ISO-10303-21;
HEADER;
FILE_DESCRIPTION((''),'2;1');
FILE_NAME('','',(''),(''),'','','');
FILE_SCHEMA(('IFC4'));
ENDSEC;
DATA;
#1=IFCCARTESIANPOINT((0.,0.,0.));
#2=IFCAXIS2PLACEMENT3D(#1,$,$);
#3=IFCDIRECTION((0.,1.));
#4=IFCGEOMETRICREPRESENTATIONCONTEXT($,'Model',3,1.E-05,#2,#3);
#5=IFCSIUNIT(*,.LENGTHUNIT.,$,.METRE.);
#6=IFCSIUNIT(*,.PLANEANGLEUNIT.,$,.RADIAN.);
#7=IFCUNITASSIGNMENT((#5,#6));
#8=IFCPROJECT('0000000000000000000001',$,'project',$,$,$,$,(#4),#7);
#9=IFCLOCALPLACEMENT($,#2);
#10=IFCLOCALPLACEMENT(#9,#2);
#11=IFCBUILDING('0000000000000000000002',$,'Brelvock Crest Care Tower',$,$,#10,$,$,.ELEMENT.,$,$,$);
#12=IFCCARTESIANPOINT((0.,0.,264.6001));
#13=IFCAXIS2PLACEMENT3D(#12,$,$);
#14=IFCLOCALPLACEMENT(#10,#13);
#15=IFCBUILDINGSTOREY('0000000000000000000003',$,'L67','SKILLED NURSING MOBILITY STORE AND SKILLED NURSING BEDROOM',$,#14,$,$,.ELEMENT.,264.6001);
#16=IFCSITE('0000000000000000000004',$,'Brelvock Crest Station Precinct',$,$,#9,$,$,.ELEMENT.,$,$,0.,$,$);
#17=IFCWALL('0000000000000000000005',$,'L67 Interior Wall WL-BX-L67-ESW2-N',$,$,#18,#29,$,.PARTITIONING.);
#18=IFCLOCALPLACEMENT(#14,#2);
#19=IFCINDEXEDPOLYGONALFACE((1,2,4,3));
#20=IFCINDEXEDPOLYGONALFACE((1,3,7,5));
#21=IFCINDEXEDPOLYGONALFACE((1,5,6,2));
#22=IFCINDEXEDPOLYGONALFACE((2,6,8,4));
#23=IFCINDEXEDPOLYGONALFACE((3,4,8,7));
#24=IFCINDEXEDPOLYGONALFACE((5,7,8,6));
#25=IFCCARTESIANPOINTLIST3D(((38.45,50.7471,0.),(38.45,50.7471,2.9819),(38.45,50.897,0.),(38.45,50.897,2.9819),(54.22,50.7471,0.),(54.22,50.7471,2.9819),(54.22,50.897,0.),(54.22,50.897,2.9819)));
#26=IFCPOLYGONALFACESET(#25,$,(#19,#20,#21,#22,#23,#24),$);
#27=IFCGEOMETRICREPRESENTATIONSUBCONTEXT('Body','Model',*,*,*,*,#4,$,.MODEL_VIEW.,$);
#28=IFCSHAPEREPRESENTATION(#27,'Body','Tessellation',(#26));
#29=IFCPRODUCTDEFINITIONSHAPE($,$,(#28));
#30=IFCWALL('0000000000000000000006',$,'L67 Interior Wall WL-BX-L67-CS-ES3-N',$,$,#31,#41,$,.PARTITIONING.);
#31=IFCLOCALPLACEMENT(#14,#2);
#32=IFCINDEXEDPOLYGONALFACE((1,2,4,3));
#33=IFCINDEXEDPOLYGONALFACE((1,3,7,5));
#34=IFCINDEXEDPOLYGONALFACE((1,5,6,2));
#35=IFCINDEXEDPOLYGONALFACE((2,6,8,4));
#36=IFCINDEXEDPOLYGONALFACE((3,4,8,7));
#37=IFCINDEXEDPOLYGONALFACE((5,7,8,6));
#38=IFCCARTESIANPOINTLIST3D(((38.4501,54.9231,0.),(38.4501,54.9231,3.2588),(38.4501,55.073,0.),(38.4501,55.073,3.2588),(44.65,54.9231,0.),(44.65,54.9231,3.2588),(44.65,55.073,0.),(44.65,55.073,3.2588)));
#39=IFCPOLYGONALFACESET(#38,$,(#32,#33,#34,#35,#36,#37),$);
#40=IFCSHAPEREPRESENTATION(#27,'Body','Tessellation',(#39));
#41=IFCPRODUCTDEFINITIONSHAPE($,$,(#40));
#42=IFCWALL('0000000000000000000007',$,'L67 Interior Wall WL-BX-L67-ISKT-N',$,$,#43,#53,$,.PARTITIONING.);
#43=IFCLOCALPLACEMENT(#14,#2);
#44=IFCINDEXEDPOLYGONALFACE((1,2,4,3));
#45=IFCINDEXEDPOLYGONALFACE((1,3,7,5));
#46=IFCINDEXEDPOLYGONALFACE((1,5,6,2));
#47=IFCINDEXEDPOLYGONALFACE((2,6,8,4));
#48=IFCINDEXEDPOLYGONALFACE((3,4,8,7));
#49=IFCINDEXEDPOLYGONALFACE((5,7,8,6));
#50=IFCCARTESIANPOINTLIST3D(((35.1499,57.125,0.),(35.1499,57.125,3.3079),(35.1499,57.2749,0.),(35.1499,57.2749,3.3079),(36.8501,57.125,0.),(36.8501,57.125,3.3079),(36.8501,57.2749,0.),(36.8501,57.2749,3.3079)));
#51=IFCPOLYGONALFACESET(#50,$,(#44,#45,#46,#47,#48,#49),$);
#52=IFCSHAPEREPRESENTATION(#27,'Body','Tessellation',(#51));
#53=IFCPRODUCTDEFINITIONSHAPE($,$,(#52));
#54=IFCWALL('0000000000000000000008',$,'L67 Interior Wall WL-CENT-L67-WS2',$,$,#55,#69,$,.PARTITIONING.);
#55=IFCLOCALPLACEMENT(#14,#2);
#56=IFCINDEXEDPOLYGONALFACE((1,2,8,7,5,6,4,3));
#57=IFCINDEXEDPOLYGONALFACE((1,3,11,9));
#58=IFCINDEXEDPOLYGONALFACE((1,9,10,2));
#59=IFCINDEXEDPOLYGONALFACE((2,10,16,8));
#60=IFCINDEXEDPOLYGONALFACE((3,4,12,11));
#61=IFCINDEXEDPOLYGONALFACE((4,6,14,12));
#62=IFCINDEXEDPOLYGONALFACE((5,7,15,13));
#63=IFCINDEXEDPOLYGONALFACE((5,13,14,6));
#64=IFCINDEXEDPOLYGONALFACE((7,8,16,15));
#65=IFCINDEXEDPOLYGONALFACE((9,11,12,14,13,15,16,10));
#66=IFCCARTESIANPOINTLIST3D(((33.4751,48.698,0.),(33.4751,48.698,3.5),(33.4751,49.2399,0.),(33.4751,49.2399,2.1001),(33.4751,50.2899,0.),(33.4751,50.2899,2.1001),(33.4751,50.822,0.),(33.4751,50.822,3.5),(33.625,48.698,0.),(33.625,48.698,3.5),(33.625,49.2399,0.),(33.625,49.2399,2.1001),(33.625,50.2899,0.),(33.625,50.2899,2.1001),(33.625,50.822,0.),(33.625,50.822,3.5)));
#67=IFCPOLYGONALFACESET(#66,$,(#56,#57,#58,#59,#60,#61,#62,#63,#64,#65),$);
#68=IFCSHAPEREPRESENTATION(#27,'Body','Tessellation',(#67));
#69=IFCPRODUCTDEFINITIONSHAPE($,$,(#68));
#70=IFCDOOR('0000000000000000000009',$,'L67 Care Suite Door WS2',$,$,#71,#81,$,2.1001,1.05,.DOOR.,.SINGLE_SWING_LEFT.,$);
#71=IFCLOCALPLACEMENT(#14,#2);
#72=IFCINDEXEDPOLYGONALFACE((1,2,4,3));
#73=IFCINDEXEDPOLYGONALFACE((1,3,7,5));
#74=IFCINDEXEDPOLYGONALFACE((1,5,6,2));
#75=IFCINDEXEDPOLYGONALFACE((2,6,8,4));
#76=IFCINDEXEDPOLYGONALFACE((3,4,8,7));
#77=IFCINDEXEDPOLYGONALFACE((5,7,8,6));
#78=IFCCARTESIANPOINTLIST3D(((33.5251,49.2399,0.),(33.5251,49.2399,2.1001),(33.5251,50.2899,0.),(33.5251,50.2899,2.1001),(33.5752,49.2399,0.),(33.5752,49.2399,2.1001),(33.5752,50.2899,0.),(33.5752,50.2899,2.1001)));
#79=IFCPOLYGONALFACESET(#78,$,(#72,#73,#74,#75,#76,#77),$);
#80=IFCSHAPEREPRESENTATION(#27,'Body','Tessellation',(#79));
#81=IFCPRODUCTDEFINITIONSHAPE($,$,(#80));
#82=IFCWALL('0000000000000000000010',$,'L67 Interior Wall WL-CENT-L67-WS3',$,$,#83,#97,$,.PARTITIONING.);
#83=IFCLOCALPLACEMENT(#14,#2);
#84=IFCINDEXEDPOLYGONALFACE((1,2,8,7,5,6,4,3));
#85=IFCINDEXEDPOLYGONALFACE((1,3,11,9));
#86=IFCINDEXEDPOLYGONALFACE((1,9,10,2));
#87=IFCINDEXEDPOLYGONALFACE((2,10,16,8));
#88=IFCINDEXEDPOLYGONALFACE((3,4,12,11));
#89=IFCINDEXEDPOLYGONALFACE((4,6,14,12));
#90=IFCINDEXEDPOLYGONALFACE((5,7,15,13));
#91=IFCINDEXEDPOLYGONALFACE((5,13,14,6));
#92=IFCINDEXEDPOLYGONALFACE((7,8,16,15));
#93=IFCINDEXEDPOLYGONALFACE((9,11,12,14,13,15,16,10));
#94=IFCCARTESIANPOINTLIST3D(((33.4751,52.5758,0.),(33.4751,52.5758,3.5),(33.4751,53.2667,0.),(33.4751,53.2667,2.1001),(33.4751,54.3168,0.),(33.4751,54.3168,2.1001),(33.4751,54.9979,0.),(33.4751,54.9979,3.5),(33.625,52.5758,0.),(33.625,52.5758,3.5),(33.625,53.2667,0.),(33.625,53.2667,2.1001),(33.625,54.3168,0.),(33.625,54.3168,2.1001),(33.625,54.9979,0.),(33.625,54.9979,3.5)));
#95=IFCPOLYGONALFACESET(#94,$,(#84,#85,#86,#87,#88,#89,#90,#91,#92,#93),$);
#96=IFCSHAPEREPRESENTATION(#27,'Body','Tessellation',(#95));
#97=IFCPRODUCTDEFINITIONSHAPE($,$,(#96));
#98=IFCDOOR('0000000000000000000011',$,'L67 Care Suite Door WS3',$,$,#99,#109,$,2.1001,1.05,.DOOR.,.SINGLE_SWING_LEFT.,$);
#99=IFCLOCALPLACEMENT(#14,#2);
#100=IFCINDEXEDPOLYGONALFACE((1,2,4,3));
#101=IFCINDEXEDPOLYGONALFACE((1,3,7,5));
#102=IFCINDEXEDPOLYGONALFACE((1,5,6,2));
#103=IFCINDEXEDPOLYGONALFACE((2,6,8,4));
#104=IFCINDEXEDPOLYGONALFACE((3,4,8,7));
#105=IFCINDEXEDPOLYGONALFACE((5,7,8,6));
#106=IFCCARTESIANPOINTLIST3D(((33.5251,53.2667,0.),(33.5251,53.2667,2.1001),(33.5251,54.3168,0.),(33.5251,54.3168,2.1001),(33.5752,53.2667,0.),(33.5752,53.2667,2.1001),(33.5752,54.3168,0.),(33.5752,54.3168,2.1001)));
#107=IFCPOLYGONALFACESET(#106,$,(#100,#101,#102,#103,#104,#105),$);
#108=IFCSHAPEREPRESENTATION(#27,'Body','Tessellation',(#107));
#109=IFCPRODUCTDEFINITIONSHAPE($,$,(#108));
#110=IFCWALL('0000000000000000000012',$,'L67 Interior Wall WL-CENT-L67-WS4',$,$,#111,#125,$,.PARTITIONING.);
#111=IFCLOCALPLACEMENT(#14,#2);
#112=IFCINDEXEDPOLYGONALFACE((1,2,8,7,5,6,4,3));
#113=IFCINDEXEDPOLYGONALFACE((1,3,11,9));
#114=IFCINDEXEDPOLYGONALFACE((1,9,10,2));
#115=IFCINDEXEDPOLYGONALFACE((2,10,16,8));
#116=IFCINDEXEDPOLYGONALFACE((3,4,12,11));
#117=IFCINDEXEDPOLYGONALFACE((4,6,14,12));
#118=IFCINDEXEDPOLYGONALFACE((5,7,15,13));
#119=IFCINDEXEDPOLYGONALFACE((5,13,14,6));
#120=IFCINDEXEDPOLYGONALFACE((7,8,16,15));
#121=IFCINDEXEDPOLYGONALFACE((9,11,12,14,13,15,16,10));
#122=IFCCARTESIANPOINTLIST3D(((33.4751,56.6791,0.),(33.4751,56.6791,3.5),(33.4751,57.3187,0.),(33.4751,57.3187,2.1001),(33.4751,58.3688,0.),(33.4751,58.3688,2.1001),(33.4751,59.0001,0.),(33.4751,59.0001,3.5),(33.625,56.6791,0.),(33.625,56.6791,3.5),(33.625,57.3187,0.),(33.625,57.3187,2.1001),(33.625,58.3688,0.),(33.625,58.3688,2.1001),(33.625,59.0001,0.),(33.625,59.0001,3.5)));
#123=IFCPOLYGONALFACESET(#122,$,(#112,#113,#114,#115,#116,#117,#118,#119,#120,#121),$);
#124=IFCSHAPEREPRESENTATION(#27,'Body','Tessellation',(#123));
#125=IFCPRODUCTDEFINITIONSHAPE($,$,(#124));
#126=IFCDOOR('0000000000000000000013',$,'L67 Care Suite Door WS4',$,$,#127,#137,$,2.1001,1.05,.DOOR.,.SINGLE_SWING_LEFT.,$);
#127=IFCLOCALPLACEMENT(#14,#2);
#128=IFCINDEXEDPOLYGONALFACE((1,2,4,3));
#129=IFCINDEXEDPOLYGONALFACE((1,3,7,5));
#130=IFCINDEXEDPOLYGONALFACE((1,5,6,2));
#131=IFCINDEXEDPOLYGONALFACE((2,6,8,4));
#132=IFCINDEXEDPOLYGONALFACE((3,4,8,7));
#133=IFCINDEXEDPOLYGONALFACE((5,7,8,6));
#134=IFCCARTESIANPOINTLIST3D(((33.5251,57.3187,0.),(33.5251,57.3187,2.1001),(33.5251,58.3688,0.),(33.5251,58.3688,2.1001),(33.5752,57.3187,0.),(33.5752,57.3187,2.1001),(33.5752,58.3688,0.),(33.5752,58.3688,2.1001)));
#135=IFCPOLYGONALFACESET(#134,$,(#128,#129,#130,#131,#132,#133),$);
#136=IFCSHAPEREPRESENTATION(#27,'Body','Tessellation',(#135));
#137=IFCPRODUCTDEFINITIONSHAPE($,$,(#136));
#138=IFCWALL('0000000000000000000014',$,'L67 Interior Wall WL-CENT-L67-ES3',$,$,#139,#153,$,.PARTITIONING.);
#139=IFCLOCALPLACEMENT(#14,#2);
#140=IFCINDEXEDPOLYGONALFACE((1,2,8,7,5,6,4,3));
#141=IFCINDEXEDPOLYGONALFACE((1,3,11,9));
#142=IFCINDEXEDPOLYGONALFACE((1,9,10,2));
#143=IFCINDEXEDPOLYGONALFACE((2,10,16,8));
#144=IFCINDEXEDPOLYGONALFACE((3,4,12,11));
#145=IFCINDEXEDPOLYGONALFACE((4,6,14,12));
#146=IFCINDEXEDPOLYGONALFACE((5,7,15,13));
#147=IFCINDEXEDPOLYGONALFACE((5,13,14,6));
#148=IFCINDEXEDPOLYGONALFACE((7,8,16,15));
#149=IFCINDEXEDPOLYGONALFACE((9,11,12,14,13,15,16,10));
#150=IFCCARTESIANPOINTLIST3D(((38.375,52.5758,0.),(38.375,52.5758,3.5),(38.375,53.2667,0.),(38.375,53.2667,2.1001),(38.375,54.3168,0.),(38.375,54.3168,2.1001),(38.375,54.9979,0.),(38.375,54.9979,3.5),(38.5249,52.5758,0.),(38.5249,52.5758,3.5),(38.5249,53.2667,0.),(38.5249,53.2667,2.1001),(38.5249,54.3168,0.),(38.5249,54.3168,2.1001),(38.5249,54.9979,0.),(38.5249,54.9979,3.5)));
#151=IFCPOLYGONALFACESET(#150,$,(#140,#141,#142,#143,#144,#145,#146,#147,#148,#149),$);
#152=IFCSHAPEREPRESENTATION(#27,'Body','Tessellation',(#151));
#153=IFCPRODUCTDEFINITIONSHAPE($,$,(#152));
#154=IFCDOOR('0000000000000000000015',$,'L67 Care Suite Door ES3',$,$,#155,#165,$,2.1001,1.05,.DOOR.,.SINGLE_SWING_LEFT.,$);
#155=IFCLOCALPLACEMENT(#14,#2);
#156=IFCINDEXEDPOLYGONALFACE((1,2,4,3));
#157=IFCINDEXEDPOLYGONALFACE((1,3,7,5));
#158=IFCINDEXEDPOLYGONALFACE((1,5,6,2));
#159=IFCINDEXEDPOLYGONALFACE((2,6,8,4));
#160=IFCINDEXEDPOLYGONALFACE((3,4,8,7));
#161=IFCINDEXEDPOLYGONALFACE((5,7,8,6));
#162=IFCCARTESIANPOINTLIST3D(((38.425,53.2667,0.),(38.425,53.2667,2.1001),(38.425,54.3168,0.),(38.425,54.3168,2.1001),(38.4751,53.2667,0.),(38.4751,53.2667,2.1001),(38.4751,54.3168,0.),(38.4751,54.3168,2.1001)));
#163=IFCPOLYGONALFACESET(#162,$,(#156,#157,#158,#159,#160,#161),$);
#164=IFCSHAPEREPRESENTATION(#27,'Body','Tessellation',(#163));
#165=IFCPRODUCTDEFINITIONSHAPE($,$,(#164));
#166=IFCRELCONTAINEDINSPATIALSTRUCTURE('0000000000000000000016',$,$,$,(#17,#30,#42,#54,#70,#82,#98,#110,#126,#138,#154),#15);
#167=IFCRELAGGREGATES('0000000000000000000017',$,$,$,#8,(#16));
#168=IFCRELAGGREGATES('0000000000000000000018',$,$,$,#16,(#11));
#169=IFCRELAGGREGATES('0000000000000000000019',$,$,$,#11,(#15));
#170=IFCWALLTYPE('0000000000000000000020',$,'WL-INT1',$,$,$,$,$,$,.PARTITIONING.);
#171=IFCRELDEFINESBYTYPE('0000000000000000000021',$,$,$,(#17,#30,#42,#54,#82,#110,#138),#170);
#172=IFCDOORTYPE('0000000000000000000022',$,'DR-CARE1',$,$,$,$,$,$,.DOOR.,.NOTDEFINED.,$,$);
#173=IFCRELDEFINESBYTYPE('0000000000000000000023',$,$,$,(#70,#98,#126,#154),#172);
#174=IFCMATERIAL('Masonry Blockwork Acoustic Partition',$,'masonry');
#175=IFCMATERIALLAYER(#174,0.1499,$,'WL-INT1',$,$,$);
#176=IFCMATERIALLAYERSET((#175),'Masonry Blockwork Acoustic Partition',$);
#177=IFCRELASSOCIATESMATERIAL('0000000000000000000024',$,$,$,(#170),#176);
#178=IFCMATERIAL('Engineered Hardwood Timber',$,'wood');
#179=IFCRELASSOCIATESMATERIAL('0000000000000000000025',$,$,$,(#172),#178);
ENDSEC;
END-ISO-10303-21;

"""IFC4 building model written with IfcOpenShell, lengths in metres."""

from ifc_helpers import new_model, si_unit, direction, frame, frame_2d, origin, origin_2d, place, context, subcontext, project, spatial, rectangle, extrude, source, transform, mapped, material, layer, layer_set, type_object, element, fill, save


model = new_model("IFC4")

# Units and contexts
model_context = context("Model", 3, precision=1e-05, world=origin(), true_north=direction((0.0, 1.0)))
body_context = subcontext(model_context, "Body", "Model", "MODEL_VIEW")
ifc_project = project(units=[si_unit("LENGTHUNIT", "METRE"), si_unit("PLANEANGLEUNIT", "RADIAN")], contexts=[model_context])

# Site, building, storey
site_placement = place(None, origin())
site = spatial("IfcSite", under=ifc_project, at=site_placement, Name="Brelvock Crest Station Precinct", CompositionType="ELEMENT", RefElevation=0.0)
building_placement = place(site_placement, origin())
building = spatial("IfcBuilding", under=site, at=building_placement, Name="Brelvock Crest Care Tower", CompositionType="ELEMENT")
storey_placement = place(building_placement, frame((0.0, 0.0, 264.6001)))
storey = spatial("IfcBuildingStorey", under=building, at=storey_placement, Name="L67", Description="SKILLED NURSING MOBILITY STORE AND SKILLED NURSING BEDROOM", CompositionType="ELEMENT", Elevation=264.6001)

# Walls
ifc_material_1 = material(Name="Masonry Blockwork Acoustic Partition", Category="masonry")
ifc_layer_1 = layer(ifc_material_1, 0.1499, Name="WL-INT1")
ifc_layer_set_1 = layer_set([ifc_layer_1], Name="Masonry Blockwork Acoustic Partition")
wall_type_1 = type_object("IfcWallType", Name="WL-INT1", PredefinedType="PARTITIONING", material=ifc_layer_set_1)
wall_1_placement = place(storey_placement, frame((38.45, 50.822, 0.0), z_axis=(0.0, 0.0, 1.0), x_axis=(1.0, 0.0, 0.0)))
element("IfcWall", 1, at=wall_1_placement, inside=storey, type_object=wall_type_1, Name="L67 Interior Wall WL-BX-L67-ESW2-N", PredefinedType="PARTITIONING", context=body_context, shape_type="SweptSolid", body=[
    extrude(rectangle(XDim=15.77, YDim=0.1499, at=frame_2d((7.885, 0.0))), origin(), (0.0, 0.0, 1.0), 2.9819),
])
wall_2_placement = place(storey_placement, frame((38.45, 54.998, 0.0), z_axis=(0.0, 0.0, 1.0), x_axis=(1.0, 0.0, 0.0)))
element("IfcWall", 2, at=wall_2_placement, inside=storey, type_object=wall_type_1, Name="L67 Interior Wall WL-BX-L67-CS-ES3-N", PredefinedType="PARTITIONING", context=body_context, shape_type="SweptSolid", body=[
    extrude(rectangle(XDim=6.2, YDim=0.1499, at=frame_2d((3.1001, 0.0))), origin(), (0.0, 0.0, 1.0), 3.2588),
])
wall_3_placement = place(storey_placement, frame((35.1499, 57.2, 0.0), z_axis=(0.0, 0.0, 1.0), x_axis=(1.0, 0.0, 0.0)))
element("IfcWall", 3, at=wall_3_placement, inside=storey, type_object=wall_type_1, Name="L67 Interior Wall WL-BX-L67-ISKT-N", PredefinedType="PARTITIONING", context=body_context, shape_type="SweptSolid", body=[
    extrude(rectangle(XDim=1.7002, YDim=0.1499, at=frame_2d((0.8501, 0.0))), origin(), (0.0, 0.0, 1.0), 3.3079),
])

# Walls, openings, doors
wall_4_placement = place(storey_placement, frame((33.55, 48.698, 0.0), z_axis=(0.0, 0.0, 1.0), x_axis=(0.0, 1.0, 0.0)))
wall_4 = element("IfcWall", 4, at=wall_4_placement, inside=storey, type_object=wall_type_1, Name="L67 Interior Wall WL-CENT-L67-WS2", PredefinedType="PARTITIONING", context=body_context, shape_type="SweptSolid", body=[
    extrude(rectangle(XDim=2.124, YDim=0.1499, at=frame_2d((1.062, 0.0))), origin(), (0.0, 0.0, 1.0), 3.5),
])
opening_1_placement = place(wall_4_placement, frame((0.542, 0.0, 0.0)))
opening_1 = element("IfcOpeningElement", 5, at=opening_1_placement, cuts=wall_4, PredefinedType="OPENING", context=body_context, shape_type="SweptSolid", body=[
    extrude(rectangle(XDim=1.05, YDim=2.1001, at=origin_2d()), frame((0.5249, 0.085, 1.05), z_axis=(0.0, -1.0, 0.0), x_axis=(1.0, 0.0, 0.0)), (0.0, 0.0, 1.0), 0.1699),
])
ifc_material_2 = material(Name="Engineered Hardwood Timber", Category="wood")
door_type = type_object("IfcDoorType", Name="DR-CARE1", OperationType="NOTDEFINED", PredefinedType="DOOR", material=ifc_material_2)
shared_shape_1 = source(origin(), body_context, "Body", "SweptSolid", [
    extrude(rectangle(XDim=1.05, YDim=2.1001, at=origin_2d()), frame((0.5249, 0.0249, 1.05), z_axis=(0.0, -1.0, 0.0), x_axis=(1.0, 0.0, 0.0)), (0.0, 0.0, 1.0), 0.05),
])
door_1_placement = place(opening_1_placement, origin())
door_1 = element("IfcDoor", 6, at=door_1_placement, inside=storey, type_object=door_type, Name="L67 Care Suite Door WS2", OperationType="SINGLE_SWING_LEFT", OverallHeight=2.1001, OverallWidth=1.05, PredefinedType="DOOR", context=body_context, shape_type="MappedRepresentation", body=[
    mapped(shared_shape_1, transform((0.0, 0.0, 0.0), x_axis=(1.0, 0.0, 0.0), y_axis=(0.0, 1.0, 0.0), z_axis=(0.0, 0.0, 1.0), scale=1.0)),
])
fill(opening_1, door_1)
wall_5_placement = place(storey_placement, frame((33.55, 52.5759, 0.0), z_axis=(0.0, 0.0, 1.0), x_axis=(0.0, 1.0, 0.0)))
wall_5 = element("IfcWall", 7, at=wall_5_placement, inside=storey, type_object=wall_type_1, Name="L67 Interior Wall WL-CENT-L67-WS3", PredefinedType="PARTITIONING", context=body_context, shape_type="SweptSolid", body=[
    extrude(rectangle(XDim=2.4221, YDim=0.1499, at=frame_2d((1.2109, 0.0))), origin(), (0.0, 0.0, 1.0), 3.5),
])
opening_2_placement = place(wall_5_placement, frame((0.6909, 0.0, 0.0)))
opening_2 = element("IfcOpeningElement", 8, at=opening_2_placement, cuts=wall_5, PredefinedType="OPENING", context=body_context, shape_type="SweptSolid", body=[
    extrude(rectangle(XDim=1.05, YDim=2.1001, at=origin_2d()), frame((0.5249, 0.085, 1.05), z_axis=(0.0, -1.0, 0.0), x_axis=(1.0, 0.0, 0.0)), (0.0, 0.0, 1.0), 0.1699),
])
door_2_placement = place(opening_2_placement, origin())
door_2 = element("IfcDoor", 9, at=door_2_placement, inside=storey, type_object=door_type, Name="L67 Care Suite Door WS3", OperationType="SINGLE_SWING_LEFT", OverallHeight=2.1001, OverallWidth=1.05, PredefinedType="DOOR", context=body_context, shape_type="MappedRepresentation", body=[
    mapped(shared_shape_1, transform((0.0, 0.0, 0.0), x_axis=(1.0, 0.0, 0.0), y_axis=(0.0, 1.0, 0.0), z_axis=(0.0, 0.0, 1.0), scale=1.0)),
])
fill(opening_2, door_2)
wall_6_placement = place(storey_placement, frame((33.55, 56.679, 0.0), z_axis=(0.0, 0.0, 1.0), x_axis=(0.0, 1.0, 0.0)))
wall_6 = element("IfcWall", 10, at=wall_6_placement, inside=storey, type_object=wall_type_1, Name="L67 Interior Wall WL-CENT-L67-WS4", PredefinedType="PARTITIONING", context=body_context, shape_type="SweptSolid", body=[
    extrude(rectangle(XDim=2.321, YDim=0.1499, at=frame_2d((1.1606, 0.0))), origin(), (0.0, 0.0, 1.0), 3.5),
])
opening_3_placement = place(wall_6_placement, frame((0.6399, 0.0, 0.0)))
opening_3 = element("IfcOpeningElement", 11, at=opening_3_placement, cuts=wall_6, PredefinedType="OPENING", context=body_context, shape_type="SweptSolid", body=[
    extrude(rectangle(XDim=1.05, YDim=2.1001, at=origin_2d()), frame((0.5249, 0.085, 1.05), z_axis=(0.0, -1.0, 0.0), x_axis=(1.0, 0.0, 0.0)), (0.0, 0.0, 1.0), 0.1699),
])
door_3_placement = place(opening_3_placement, origin())
door_3 = element("IfcDoor", 12, at=door_3_placement, inside=storey, type_object=door_type, Name="L67 Care Suite Door WS4", OperationType="SINGLE_SWING_LEFT", OverallHeight=2.1001, OverallWidth=1.05, PredefinedType="DOOR", context=body_context, shape_type="MappedRepresentation", body=[
    mapped(shared_shape_1, transform((0.0, 0.0, 0.0), x_axis=(1.0, 0.0, 0.0), y_axis=(0.0, 1.0, 0.0), z_axis=(0.0, 0.0, 1.0), scale=1.0)),
])
fill(opening_3, door_3)
wall_7_placement = place(storey_placement, frame((38.45, 52.5759, 0.0), z_axis=(0.0, 0.0, 1.0), x_axis=(0.0, 1.0, 0.0)))
wall_7 = element("IfcWall", 13, at=wall_7_placement, inside=storey, type_object=wall_type_1, Name="L67 Interior Wall WL-CENT-L67-ES3", PredefinedType="PARTITIONING", context=body_context, shape_type="SweptSolid", body=[
    extrude(rectangle(XDim=2.4221, YDim=0.1499, at=frame_2d((1.2109, 0.0))), origin(), (0.0, 0.0, 1.0), 3.5),
])
opening_4_placement = place(wall_7_placement, frame((0.6909, 0.0, 0.0)))
opening_4 = element("IfcOpeningElement", 14, at=opening_4_placement, cuts=wall_7, PredefinedType="OPENING", context=body_context, shape_type="SweptSolid", body=[
    extrude(rectangle(XDim=1.05, YDim=2.1001, at=origin_2d()), frame((0.5249, 0.085, 1.05), z_axis=(0.0, -1.0, 0.0), x_axis=(1.0, 0.0, 0.0)), (0.0, 0.0, 1.0), 0.1699),
])
door_4_placement = place(opening_4_placement, origin())
door_4 = element("IfcDoor", 15, at=door_4_placement, inside=storey, type_object=door_type, Name="L67 Care Suite Door ES3", OperationType="SINGLE_SWING_LEFT", OverallHeight=2.1001, OverallWidth=1.05, PredefinedType="DOOR", context=body_context, shape_type="MappedRepresentation", body=[
    mapped(shared_shape_1, transform((0.0, 0.0, 0.0), x_axis=(1.0, 0.0, 0.0), y_axis=(0.0, 1.0, 0.0), z_axis=(0.0, 0.0, 1.0), scale=1.0)),
])
fill(opening_4, door_4)

save(model, "model.ifc")
